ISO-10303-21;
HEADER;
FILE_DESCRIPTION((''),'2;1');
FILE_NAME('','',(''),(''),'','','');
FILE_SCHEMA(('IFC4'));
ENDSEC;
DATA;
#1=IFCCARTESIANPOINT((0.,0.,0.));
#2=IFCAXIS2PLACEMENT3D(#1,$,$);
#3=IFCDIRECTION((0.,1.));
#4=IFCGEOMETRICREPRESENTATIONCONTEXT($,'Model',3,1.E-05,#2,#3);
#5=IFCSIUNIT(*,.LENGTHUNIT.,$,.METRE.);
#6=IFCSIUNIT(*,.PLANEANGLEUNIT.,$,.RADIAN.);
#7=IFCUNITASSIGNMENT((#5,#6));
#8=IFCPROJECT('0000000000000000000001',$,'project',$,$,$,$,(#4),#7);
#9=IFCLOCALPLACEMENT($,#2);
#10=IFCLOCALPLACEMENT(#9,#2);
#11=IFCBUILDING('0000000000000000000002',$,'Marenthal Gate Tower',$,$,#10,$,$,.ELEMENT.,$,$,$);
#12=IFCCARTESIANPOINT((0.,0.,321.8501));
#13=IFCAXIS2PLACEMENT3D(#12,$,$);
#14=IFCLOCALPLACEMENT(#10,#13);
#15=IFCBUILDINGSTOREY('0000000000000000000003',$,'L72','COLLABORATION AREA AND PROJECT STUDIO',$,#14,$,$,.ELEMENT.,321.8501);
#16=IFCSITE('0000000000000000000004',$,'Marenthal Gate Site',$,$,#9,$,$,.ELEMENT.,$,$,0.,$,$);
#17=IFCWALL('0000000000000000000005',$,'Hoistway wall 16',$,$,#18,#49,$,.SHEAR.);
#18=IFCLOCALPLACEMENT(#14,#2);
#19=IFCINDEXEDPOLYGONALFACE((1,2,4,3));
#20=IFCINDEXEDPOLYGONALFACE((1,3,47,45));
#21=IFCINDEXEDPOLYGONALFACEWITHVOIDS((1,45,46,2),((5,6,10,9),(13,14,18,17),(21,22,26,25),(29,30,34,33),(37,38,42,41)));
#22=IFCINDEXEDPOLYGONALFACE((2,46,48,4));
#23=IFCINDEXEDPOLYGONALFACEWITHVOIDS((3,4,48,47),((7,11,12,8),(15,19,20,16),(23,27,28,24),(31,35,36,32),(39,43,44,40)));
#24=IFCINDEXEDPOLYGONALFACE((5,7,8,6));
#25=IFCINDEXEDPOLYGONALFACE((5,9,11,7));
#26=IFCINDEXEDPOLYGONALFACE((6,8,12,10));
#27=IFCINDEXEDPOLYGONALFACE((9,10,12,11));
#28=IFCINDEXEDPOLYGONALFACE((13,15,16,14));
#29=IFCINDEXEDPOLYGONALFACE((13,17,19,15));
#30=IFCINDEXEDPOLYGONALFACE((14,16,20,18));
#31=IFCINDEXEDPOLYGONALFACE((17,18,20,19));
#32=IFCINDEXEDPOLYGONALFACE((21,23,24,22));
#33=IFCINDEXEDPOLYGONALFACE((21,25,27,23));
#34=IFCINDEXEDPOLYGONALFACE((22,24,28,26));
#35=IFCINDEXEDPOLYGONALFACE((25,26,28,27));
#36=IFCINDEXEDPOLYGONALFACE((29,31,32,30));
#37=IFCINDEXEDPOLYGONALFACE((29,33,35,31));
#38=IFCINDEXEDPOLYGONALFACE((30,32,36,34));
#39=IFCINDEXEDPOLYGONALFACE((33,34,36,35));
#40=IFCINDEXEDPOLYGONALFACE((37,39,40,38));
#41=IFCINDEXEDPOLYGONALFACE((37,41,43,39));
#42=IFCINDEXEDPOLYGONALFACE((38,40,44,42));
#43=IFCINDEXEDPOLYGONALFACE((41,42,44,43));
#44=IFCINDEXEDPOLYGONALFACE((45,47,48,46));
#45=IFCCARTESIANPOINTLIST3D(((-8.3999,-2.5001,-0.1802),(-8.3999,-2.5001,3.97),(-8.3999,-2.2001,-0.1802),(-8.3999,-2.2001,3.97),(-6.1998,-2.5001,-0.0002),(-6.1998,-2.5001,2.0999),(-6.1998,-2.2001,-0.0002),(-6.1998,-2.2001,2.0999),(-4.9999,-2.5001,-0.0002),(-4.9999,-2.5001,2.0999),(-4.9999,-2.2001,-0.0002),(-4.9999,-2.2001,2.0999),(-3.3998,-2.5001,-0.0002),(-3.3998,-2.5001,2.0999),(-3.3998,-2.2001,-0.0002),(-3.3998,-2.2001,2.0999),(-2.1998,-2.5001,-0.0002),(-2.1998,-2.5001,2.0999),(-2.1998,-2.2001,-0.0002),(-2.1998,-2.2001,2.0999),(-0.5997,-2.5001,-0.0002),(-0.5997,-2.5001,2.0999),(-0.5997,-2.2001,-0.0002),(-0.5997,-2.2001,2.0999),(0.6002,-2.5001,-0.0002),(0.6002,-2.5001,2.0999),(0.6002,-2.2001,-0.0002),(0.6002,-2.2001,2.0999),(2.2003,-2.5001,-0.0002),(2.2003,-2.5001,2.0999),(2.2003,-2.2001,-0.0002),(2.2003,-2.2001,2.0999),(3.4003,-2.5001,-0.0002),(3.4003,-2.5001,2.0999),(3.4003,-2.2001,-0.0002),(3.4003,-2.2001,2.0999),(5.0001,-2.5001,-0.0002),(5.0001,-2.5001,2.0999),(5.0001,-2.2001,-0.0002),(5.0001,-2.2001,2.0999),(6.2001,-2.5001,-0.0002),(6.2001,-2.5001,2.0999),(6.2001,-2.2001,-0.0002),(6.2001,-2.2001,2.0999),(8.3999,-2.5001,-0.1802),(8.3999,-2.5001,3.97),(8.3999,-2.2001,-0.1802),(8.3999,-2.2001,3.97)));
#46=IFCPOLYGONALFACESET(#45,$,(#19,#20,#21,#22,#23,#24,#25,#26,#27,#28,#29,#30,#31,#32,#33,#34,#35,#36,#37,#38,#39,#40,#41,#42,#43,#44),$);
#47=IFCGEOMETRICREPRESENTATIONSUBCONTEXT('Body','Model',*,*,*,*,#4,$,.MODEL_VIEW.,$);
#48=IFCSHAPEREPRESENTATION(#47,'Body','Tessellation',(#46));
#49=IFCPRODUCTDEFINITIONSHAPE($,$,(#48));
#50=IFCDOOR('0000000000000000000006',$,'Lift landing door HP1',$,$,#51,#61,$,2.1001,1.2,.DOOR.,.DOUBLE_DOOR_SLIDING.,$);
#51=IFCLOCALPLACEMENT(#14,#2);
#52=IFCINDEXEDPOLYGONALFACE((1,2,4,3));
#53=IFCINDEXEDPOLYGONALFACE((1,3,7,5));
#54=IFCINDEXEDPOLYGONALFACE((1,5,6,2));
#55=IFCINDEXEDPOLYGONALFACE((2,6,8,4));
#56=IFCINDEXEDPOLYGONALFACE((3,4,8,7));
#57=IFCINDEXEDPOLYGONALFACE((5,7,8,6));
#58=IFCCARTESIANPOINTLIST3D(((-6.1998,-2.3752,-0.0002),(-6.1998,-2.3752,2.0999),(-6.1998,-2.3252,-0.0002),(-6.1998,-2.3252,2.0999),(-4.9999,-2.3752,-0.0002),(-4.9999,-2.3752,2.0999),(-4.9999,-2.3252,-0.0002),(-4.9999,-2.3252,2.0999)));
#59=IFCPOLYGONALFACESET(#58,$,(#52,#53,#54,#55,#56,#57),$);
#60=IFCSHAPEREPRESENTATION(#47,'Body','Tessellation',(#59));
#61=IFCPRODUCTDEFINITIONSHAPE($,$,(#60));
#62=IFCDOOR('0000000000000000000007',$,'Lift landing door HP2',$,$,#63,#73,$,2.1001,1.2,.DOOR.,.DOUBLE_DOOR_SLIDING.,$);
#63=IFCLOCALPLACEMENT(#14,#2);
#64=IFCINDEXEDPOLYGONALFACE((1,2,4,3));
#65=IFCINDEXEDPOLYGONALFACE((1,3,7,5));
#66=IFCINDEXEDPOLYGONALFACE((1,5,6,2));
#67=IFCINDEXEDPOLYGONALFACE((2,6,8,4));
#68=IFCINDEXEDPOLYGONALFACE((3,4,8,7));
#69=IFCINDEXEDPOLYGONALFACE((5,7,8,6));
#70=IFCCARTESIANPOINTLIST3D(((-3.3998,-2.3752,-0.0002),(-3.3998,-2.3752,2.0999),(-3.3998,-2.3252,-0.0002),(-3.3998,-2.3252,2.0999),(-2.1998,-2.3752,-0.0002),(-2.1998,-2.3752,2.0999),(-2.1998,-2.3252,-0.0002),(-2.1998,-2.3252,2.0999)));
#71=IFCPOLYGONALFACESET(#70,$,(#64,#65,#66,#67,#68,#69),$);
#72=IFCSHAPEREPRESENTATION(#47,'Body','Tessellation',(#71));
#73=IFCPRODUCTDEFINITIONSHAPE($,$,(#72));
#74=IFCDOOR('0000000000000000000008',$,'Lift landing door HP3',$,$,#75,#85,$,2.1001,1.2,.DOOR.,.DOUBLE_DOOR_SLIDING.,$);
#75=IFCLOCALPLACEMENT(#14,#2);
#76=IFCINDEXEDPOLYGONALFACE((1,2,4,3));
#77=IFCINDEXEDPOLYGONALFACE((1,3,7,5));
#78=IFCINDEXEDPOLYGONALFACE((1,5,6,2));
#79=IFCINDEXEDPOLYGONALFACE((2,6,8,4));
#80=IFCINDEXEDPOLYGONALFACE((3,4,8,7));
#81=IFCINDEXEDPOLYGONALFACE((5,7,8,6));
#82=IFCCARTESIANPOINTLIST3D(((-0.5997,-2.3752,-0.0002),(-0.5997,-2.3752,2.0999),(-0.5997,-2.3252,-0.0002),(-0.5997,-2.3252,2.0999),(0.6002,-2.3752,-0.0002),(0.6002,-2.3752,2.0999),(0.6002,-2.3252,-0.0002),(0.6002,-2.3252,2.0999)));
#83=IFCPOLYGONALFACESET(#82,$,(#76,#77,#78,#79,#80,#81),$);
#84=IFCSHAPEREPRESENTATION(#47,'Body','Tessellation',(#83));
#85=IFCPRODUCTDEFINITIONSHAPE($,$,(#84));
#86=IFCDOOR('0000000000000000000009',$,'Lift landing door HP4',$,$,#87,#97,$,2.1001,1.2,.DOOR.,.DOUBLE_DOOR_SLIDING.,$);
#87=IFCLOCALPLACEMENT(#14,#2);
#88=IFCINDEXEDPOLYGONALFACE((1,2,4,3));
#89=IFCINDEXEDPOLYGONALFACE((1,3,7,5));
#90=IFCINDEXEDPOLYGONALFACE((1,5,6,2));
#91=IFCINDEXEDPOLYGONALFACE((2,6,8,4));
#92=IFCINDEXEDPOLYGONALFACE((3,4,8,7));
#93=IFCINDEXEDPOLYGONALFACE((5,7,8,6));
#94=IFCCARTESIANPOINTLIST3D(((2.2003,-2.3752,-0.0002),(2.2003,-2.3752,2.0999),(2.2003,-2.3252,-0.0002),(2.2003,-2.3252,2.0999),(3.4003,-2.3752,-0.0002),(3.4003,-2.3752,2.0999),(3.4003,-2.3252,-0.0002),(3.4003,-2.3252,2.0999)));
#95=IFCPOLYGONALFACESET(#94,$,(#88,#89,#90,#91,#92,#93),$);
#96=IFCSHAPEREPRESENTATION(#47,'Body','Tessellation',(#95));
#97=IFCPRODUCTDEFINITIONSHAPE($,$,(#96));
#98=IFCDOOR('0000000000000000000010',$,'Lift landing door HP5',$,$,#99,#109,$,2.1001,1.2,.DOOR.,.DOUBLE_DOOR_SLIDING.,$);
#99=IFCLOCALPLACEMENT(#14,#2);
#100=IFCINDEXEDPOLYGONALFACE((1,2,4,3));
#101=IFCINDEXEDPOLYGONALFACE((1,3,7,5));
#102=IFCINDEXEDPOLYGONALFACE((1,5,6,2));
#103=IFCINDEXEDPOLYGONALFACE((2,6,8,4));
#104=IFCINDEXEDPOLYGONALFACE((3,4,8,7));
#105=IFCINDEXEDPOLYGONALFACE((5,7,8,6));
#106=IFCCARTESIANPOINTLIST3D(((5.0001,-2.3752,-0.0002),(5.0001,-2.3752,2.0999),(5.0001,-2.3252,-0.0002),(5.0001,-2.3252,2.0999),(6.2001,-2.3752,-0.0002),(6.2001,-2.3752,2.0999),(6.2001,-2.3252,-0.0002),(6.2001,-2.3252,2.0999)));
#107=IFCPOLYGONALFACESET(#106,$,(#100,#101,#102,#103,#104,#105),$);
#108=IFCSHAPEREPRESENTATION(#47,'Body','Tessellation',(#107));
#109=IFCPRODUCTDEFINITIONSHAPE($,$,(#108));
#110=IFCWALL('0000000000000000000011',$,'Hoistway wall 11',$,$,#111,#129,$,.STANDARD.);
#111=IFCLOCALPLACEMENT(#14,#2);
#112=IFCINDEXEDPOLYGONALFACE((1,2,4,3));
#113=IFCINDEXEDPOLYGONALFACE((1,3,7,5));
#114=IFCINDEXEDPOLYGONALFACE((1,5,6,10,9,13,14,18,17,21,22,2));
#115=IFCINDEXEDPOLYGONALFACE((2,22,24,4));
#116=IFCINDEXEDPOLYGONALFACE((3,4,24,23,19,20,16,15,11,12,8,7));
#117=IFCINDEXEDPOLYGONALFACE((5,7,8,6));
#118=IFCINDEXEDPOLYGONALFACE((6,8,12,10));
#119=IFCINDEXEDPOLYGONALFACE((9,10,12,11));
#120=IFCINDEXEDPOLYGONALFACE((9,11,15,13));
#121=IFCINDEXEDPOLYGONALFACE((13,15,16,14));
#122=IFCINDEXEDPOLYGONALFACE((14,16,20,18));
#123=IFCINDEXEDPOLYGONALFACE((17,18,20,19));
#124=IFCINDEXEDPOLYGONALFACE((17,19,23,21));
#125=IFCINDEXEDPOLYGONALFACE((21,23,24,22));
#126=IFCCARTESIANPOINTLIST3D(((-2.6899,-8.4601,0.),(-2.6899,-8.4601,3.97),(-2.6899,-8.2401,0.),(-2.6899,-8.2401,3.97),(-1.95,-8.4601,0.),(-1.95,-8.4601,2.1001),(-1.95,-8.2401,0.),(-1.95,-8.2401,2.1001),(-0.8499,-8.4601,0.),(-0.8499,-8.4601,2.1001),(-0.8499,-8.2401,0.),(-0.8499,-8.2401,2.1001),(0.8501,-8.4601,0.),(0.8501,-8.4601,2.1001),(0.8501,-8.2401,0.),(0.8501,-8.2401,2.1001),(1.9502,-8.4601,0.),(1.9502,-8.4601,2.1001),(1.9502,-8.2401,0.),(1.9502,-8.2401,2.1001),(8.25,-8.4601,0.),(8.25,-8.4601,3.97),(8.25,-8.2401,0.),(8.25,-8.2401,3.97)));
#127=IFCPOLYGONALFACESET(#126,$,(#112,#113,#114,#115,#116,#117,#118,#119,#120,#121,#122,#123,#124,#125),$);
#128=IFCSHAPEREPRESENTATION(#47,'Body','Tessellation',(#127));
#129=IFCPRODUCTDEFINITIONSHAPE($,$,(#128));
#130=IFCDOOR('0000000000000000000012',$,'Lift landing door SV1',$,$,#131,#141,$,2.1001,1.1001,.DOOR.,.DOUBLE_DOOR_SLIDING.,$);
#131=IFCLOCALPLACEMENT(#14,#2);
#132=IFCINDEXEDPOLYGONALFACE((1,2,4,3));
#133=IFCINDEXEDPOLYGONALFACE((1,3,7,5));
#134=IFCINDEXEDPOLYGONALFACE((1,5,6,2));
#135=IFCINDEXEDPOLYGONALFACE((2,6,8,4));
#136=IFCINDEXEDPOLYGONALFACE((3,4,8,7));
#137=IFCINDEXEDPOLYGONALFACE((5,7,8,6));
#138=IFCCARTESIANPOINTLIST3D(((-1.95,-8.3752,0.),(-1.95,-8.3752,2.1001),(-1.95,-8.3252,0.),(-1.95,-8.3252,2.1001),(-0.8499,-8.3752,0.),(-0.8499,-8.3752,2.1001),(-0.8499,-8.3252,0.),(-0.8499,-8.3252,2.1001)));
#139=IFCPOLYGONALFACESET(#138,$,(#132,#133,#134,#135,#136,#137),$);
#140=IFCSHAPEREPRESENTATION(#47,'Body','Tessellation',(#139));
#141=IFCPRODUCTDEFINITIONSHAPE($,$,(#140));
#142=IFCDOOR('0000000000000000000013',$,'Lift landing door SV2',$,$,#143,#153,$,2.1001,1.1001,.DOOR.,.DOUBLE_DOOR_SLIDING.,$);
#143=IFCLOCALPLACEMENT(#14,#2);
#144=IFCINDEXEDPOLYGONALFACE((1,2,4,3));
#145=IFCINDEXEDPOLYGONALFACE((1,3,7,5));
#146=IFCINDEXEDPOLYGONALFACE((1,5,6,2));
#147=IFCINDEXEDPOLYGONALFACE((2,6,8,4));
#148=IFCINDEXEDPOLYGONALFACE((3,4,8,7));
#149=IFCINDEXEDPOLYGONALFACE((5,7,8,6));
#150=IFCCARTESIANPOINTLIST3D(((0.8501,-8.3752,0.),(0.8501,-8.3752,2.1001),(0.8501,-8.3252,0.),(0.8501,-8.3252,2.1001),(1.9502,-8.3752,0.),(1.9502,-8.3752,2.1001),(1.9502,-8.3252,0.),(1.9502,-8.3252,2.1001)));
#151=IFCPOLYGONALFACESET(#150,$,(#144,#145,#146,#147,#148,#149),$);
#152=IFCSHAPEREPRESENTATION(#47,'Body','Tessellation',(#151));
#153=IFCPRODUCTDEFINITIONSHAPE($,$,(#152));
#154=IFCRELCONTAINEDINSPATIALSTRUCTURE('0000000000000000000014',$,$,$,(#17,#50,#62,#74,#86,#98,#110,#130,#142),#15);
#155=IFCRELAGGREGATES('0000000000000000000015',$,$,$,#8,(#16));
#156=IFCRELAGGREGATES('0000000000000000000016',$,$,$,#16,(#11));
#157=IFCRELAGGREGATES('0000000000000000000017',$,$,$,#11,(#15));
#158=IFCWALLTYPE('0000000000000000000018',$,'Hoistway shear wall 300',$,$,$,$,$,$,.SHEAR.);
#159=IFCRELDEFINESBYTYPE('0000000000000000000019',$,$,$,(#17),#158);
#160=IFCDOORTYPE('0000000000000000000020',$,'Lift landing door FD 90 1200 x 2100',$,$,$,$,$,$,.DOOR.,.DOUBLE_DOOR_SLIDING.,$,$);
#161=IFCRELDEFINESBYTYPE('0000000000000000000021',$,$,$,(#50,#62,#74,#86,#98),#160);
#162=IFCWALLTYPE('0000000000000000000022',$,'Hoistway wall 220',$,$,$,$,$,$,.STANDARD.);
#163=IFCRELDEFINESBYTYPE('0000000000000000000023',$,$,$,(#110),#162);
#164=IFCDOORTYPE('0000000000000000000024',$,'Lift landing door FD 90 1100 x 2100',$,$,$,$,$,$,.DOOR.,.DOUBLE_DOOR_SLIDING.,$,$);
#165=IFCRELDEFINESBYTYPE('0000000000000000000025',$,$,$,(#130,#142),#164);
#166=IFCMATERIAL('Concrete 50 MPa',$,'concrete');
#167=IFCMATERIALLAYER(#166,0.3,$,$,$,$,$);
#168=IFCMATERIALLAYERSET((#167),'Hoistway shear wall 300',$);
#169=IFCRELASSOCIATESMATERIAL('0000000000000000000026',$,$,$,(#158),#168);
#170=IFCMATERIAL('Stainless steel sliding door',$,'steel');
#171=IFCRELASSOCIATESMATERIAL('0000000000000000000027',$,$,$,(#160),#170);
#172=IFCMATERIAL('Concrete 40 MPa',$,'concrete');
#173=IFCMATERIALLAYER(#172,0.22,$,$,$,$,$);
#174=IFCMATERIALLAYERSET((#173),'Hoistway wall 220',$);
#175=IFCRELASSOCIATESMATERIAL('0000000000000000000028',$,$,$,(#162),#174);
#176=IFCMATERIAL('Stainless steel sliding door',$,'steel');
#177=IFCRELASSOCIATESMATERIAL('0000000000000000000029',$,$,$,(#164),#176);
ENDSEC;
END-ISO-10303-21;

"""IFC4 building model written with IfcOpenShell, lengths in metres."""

from ifc_helpers import new_model, si_unit, direction, frame, frame_2d, origin, place, context, subcontext, project, spatial, rectangle, extrude, material, layer, layer_set, type_object, element, fill, save


model = new_model("IFC4")

# Units and contexts
model_context = context("Model", 3, precision=1e-05, world=origin(), true_north=direction((0.0, 1.0)))
body_context = subcontext(model_context, "Body", "Model", "MODEL_VIEW")
ifc_project = project(units=[si_unit("LENGTHUNIT", "METRE"), si_unit("PLANEANGLEUNIT", "RADIAN")], contexts=[model_context])

# Site, building, storey
site_placement = place(None, origin())
site = spatial("IfcSite", under=ifc_project, at=site_placement, Name="Marenthal Gate Site", CompositionType="ELEMENT", RefElevation=0.0)
building_placement = place(site_placement, origin())
building = spatial("IfcBuilding", under=site, at=building_placement, Name="Marenthal Gate Tower", CompositionType="ELEMENT")
storey_placement = place(building_placement, frame((0.0, 0.0, 321.8501)))
storey = spatial("IfcBuildingStorey", under=building, at=storey_placement, Name="L72", Description="COLLABORATION AREA AND PROJECT STUDIO", CompositionType="ELEMENT", Elevation=321.8501)

# Walls, openings, doors
ifc_material_1 = material(Name="Concrete 50 MPa", Category="concrete")
ifc_layer_1 = layer(ifc_material_1, 0.3)
ifc_layer_set_1 = layer_set([ifc_layer_1], Name="Hoistway shear wall 300")
wall_type_1 = type_object("IfcWallType", Name="Hoistway shear wall 300", PredefinedType="SHEAR", material=ifc_layer_set_1)
wall_1_placement = place(storey_placement, frame((-8.3999, -2.3501, -0.1802), z_axis=(0.0, 0.0, 1.0), x_axis=(1.0, 0.0, 0.0)))
wall_1 = element("IfcWall", 1, at=wall_1_placement, inside=storey, type_object=wall_type_1, Name="Hoistway wall 16", PredefinedType="SHEAR", context=body_context, shape_type="SweptSolid", body=[
    extrude(rectangle(XDim=16.7998, YDim=0.3, at=frame_2d((8.3999, 0.0))), origin(), (0.0, 0.0, 1.0), 4.1501),
])
opening_1_placement = place(wall_1_placement, frame((2.2, 0.0, 0.1799)))
opening_1 = element("IfcOpeningElement", 2, at=opening_1_placement, cuts=wall_1, PredefinedType="OPENING", context=body_context, shape_type="SweptSolid", body=[
    extrude(rectangle(XDim=1.2, YDim=2.1001, at=frame_2d((0.6001, 1.05))), frame((0.0, 0.1602, 0.0), z_axis=(0.0, -1.0, 0.0), x_axis=(1.0, 0.0, 0.0)), (0.0, 0.0, 1.0), 0.3201),
])
opening_2_placement = place(wall_1_placement, frame((5.0, 0.0, 0.1799)))
opening_2 = element("IfcOpeningElement", 3, at=opening_2_placement, cuts=wall_1, PredefinedType="OPENING", context=body_context, shape_type="SweptSolid", body=[
    extrude(rectangle(XDim=1.2, YDim=2.1001, at=frame_2d((0.6001, 1.05))), frame((0.0, 0.1602, 0.0), z_axis=(0.0, -1.0, 0.0), x_axis=(1.0, 0.0, 0.0)), (0.0, 0.0, 1.0), 0.3201),
])
opening_3_placement = place(wall_1_placement, frame((7.8, 0.0, 0.1799)))
opening_3 = element("IfcOpeningElement", 4, at=opening_3_placement, cuts=wall_1, PredefinedType="OPENING", context=body_context, shape_type="SweptSolid", body=[
    extrude(rectangle(XDim=1.2, YDim=2.1001, at=frame_2d((0.6001, 1.05))), frame((0.0, 0.1602, 0.0), z_axis=(0.0, -1.0, 0.0), x_axis=(1.0, 0.0, 0.0)), (0.0, 0.0, 1.0), 0.3201),
])
opening_4_placement = place(wall_1_placement, frame((10.6001, 0.0, 0.1799)))
opening_4 = element("IfcOpeningElement", 5, at=opening_4_placement, cuts=wall_1, PredefinedType="OPENING", context=body_context, shape_type="SweptSolid", body=[
    extrude(rectangle(XDim=1.2, YDim=2.1001, at=frame_2d((0.6001, 1.05))), frame((0.0, 0.1602, 0.0), z_axis=(0.0, -1.0, 0.0), x_axis=(1.0, 0.0, 0.0)), (0.0, 0.0, 1.0), 0.3201),
])
opening_5_placement = place(wall_1_placement, frame((13.3999, 0.0, 0.1799)))
opening_5 = element("IfcOpeningElement", 6, at=opening_5_placement, cuts=wall_1, PredefinedType="OPENING", context=body_context, shape_type="SweptSolid", body=[
    extrude(rectangle(XDim=1.2, YDim=2.1001, at=frame_2d((0.6001, 1.05))), frame((0.0, 0.1602, 0.0), z_axis=(0.0, -1.0, 0.0), x_axis=(1.0, 0.0, 0.0)), (0.0, 0.0, 1.0), 0.3201),
])
ifc_material_2 = material(Name="Stainless steel sliding door", Category="steel")
door_type_1 = type_object("IfcDoorType", Name="Lift landing door FD 90 1200 x 2100", OperationType="DOUBLE_DOOR_SLIDING", PredefinedType="DOOR", material=ifc_material_2)
door_1_placement = place(opening_1_placement, origin())
door_1 = element("IfcDoor", 7, at=door_1_placement, inside=storey, type_object=door_type_1, Name="Lift landing door HP1", OperationType="DOUBLE_DOOR_SLIDING", OverallHeight=2.1001, OverallWidth=1.2, PredefinedType="DOOR", context=body_context, shape_type="SweptSolid", body=[
    extrude(rectangle(XDim=1.2, YDim=2.1001, at=frame_2d((0.6001, 1.05))), frame((0.0, 0.0249, 0.0), z_axis=(0.0, -1.0, 0.0), x_axis=(1.0, 0.0, 0.0)), (0.0, 0.0, 1.0), 0.05),
])
fill(opening_1, door_1)
door_2_placement = place(opening_2_placement, origin())
door_2 = element("IfcDoor", 8, at=door_2_placement, inside=storey, type_object=door_type_1, Name="Lift landing door HP2", OperationType="DOUBLE_DOOR_SLIDING", OverallHeight=2.1001, OverallWidth=1.2, PredefinedType="DOOR", context=body_context, shape_type="SweptSolid", body=[
    extrude(rectangle(XDim=1.2, YDim=2.1001, at=frame_2d((0.6001, 1.05))), frame((0.0, 0.0249, 0.0), z_axis=(0.0, -1.0, 0.0), x_axis=(1.0, 0.0, 0.0)), (0.0, 0.0, 1.0), 0.05),
])
fill(opening_2, door_2)
door_3_placement = place(opening_3_placement, origin())
door_3 = element("IfcDoor", 9, at=door_3_placement, inside=storey, type_object=door_type_1, Name="Lift landing door HP3", OperationType="DOUBLE_DOOR_SLIDING", OverallHeight=2.1001, OverallWidth=1.2, PredefinedType="DOOR", context=body_context, shape_type="SweptSolid", body=[
    extrude(rectangle(XDim=1.2, YDim=2.1001, at=frame_2d((0.6001, 1.05))), frame((0.0, 0.0249, 0.0), z_axis=(0.0, -1.0, 0.0), x_axis=(1.0, 0.0, 0.0)), (0.0, 0.0, 1.0), 0.05),
])
fill(opening_3, door_3)
door_4_placement = place(opening_4_placement, origin())
door_4 = element("IfcDoor", 10, at=door_4_placement, inside=storey, type_object=door_type_1, Name="Lift landing door HP4", OperationType="DOUBLE_DOOR_SLIDING", OverallHeight=2.1001, OverallWidth=1.2, PredefinedType="DOOR", context=body_context, shape_type="SweptSolid", body=[
    extrude(rectangle(XDim=1.2, YDim=2.1001, at=frame_2d((0.6001, 1.05))), frame((0.0, 0.0249, 0.0), z_axis=(0.0, -1.0, 0.0), x_axis=(1.0, 0.0, 0.0)), (0.0, 0.0, 1.0), 0.05),
])
fill(opening_4, door_4)
door_5_placement = place(opening_5_placement, origin())
door_5 = element("IfcDoor", 11, at=door_5_placement, inside=storey, type_object=door_type_1, Name="Lift landing door HP5", OperationType="DOUBLE_DOOR_SLIDING", OverallHeight=2.1001, OverallWidth=1.2, PredefinedType="DOOR", context=body_context, shape_type="SweptSolid", body=[
    extrude(rectangle(XDim=1.2, YDim=2.1001, at=frame_2d((0.6001, 1.05))), frame((0.0, 0.0249, 0.0), z_axis=(0.0, -1.0, 0.0), x_axis=(1.0, 0.0, 0.0)), (0.0, 0.0, 1.0), 0.05),
])
fill(opening_5, door_5)
ifc_material_3 = material(Name="Concrete 40 MPa", Category="concrete")
ifc_layer_2 = layer(ifc_material_3, 0.22)
ifc_layer_set_2 = layer_set([ifc_layer_2], Name="Hoistway wall 220")
wall_type_2 = type_object("IfcWallType", Name="Hoistway wall 220", PredefinedType="STANDARD", material=ifc_layer_set_2)
wall_2_placement = place(storey_placement, frame((-2.6899, -8.3501, 0.0), z_axis=(0.0, 0.0, 1.0), x_axis=(1.0, 0.0, 0.0)))
wall_2 = element("IfcWall", 12, at=wall_2_placement, inside=storey, type_object=wall_type_2, Name="Hoistway wall 11", PredefinedType="STANDARD", context=body_context, shape_type="SweptSolid", body=[
    extrude(rectangle(XDim=10.9399, YDim=0.22, at=frame_2d((5.47, 0.0))), origin(), (0.0, 0.0, 1.0), 3.97),
])
opening_6_placement = place(wall_2_placement, frame((0.74, 0.0, 0.0)))
opening_6 = element("IfcOpeningElement", 13, at=opening_6_placement, cuts=wall_2, PredefinedType="OPENING", context=body_context, shape_type="SweptSolid", body=[
    extrude(rectangle(XDim=1.1001, YDim=2.1001, at=frame_2d((0.55, 1.05))), frame((0.0, 0.1201, 0.0), z_axis=(0.0, -1.0, 0.0), x_axis=(1.0, 0.0, 0.0)), (0.0, 0.0, 1.0), 0.24),
])
opening_7_placement = place(wall_2_placement, frame((3.54, 0.0, 0.0)))
opening_7 = element("IfcOpeningElement", 14, at=opening_7_placement, cuts=wall_2, PredefinedType="OPENING", context=body_context, shape_type="SweptSolid", body=[
    extrude(rectangle(XDim=1.1001, YDim=2.1001, at=frame_2d((0.55, 1.05))), frame((0.0, 0.1201, 0.0), z_axis=(0.0, -1.0, 0.0), x_axis=(1.0, 0.0, 0.0)), (0.0, 0.0, 1.0), 0.24),
])
ifc_material_4 = material(Name="Stainless steel sliding door", Category="steel")
door_type_2 = type_object("IfcDoorType", Name="Lift landing door FD 90 1100 x 2100", OperationType="DOUBLE_DOOR_SLIDING", PredefinedType="DOOR", material=ifc_material_4)
door_6_placement = place(opening_6_placement, origin())
door_6 = element("IfcDoor", 15, at=door_6_placement, inside=storey, type_object=door_type_2, Name="Lift landing door SV1", OperationType="DOUBLE_DOOR_SLIDING", OverallHeight=2.1001, OverallWidth=1.1001, PredefinedType="DOOR", context=body_context, shape_type="SweptSolid", body=[
    extrude(rectangle(XDim=1.1001, YDim=2.1001, at=frame_2d((0.55, 1.05))), frame((0.0, 0.0249, 0.0), z_axis=(0.0, -1.0, 0.0), x_axis=(1.0, 0.0, 0.0)), (0.0, 0.0, 1.0), 0.05),
])
fill(opening_6, door_6)
door_7_placement = place(opening_7_placement, origin())
door_7 = element("IfcDoor", 16, at=door_7_placement, inside=storey, type_object=door_type_2, Name="Lift landing door SV2", OperationType="DOUBLE_DOOR_SLIDING", OverallHeight=2.1001, OverallWidth=1.1001, PredefinedType="DOOR", context=body_context, shape_type="SweptSolid", body=[
    extrude(rectangle(XDim=1.1001, YDim=2.1001, at=frame_2d((0.55, 1.05))), frame((0.0, 0.0249, 0.0), z_axis=(0.0, -1.0, 0.0), x_axis=(1.0, 0.0, 0.0)), (0.0, 0.0, 1.0), 0.05),
])
fill(opening_7, door_7)

save(model, "model.ifc")
